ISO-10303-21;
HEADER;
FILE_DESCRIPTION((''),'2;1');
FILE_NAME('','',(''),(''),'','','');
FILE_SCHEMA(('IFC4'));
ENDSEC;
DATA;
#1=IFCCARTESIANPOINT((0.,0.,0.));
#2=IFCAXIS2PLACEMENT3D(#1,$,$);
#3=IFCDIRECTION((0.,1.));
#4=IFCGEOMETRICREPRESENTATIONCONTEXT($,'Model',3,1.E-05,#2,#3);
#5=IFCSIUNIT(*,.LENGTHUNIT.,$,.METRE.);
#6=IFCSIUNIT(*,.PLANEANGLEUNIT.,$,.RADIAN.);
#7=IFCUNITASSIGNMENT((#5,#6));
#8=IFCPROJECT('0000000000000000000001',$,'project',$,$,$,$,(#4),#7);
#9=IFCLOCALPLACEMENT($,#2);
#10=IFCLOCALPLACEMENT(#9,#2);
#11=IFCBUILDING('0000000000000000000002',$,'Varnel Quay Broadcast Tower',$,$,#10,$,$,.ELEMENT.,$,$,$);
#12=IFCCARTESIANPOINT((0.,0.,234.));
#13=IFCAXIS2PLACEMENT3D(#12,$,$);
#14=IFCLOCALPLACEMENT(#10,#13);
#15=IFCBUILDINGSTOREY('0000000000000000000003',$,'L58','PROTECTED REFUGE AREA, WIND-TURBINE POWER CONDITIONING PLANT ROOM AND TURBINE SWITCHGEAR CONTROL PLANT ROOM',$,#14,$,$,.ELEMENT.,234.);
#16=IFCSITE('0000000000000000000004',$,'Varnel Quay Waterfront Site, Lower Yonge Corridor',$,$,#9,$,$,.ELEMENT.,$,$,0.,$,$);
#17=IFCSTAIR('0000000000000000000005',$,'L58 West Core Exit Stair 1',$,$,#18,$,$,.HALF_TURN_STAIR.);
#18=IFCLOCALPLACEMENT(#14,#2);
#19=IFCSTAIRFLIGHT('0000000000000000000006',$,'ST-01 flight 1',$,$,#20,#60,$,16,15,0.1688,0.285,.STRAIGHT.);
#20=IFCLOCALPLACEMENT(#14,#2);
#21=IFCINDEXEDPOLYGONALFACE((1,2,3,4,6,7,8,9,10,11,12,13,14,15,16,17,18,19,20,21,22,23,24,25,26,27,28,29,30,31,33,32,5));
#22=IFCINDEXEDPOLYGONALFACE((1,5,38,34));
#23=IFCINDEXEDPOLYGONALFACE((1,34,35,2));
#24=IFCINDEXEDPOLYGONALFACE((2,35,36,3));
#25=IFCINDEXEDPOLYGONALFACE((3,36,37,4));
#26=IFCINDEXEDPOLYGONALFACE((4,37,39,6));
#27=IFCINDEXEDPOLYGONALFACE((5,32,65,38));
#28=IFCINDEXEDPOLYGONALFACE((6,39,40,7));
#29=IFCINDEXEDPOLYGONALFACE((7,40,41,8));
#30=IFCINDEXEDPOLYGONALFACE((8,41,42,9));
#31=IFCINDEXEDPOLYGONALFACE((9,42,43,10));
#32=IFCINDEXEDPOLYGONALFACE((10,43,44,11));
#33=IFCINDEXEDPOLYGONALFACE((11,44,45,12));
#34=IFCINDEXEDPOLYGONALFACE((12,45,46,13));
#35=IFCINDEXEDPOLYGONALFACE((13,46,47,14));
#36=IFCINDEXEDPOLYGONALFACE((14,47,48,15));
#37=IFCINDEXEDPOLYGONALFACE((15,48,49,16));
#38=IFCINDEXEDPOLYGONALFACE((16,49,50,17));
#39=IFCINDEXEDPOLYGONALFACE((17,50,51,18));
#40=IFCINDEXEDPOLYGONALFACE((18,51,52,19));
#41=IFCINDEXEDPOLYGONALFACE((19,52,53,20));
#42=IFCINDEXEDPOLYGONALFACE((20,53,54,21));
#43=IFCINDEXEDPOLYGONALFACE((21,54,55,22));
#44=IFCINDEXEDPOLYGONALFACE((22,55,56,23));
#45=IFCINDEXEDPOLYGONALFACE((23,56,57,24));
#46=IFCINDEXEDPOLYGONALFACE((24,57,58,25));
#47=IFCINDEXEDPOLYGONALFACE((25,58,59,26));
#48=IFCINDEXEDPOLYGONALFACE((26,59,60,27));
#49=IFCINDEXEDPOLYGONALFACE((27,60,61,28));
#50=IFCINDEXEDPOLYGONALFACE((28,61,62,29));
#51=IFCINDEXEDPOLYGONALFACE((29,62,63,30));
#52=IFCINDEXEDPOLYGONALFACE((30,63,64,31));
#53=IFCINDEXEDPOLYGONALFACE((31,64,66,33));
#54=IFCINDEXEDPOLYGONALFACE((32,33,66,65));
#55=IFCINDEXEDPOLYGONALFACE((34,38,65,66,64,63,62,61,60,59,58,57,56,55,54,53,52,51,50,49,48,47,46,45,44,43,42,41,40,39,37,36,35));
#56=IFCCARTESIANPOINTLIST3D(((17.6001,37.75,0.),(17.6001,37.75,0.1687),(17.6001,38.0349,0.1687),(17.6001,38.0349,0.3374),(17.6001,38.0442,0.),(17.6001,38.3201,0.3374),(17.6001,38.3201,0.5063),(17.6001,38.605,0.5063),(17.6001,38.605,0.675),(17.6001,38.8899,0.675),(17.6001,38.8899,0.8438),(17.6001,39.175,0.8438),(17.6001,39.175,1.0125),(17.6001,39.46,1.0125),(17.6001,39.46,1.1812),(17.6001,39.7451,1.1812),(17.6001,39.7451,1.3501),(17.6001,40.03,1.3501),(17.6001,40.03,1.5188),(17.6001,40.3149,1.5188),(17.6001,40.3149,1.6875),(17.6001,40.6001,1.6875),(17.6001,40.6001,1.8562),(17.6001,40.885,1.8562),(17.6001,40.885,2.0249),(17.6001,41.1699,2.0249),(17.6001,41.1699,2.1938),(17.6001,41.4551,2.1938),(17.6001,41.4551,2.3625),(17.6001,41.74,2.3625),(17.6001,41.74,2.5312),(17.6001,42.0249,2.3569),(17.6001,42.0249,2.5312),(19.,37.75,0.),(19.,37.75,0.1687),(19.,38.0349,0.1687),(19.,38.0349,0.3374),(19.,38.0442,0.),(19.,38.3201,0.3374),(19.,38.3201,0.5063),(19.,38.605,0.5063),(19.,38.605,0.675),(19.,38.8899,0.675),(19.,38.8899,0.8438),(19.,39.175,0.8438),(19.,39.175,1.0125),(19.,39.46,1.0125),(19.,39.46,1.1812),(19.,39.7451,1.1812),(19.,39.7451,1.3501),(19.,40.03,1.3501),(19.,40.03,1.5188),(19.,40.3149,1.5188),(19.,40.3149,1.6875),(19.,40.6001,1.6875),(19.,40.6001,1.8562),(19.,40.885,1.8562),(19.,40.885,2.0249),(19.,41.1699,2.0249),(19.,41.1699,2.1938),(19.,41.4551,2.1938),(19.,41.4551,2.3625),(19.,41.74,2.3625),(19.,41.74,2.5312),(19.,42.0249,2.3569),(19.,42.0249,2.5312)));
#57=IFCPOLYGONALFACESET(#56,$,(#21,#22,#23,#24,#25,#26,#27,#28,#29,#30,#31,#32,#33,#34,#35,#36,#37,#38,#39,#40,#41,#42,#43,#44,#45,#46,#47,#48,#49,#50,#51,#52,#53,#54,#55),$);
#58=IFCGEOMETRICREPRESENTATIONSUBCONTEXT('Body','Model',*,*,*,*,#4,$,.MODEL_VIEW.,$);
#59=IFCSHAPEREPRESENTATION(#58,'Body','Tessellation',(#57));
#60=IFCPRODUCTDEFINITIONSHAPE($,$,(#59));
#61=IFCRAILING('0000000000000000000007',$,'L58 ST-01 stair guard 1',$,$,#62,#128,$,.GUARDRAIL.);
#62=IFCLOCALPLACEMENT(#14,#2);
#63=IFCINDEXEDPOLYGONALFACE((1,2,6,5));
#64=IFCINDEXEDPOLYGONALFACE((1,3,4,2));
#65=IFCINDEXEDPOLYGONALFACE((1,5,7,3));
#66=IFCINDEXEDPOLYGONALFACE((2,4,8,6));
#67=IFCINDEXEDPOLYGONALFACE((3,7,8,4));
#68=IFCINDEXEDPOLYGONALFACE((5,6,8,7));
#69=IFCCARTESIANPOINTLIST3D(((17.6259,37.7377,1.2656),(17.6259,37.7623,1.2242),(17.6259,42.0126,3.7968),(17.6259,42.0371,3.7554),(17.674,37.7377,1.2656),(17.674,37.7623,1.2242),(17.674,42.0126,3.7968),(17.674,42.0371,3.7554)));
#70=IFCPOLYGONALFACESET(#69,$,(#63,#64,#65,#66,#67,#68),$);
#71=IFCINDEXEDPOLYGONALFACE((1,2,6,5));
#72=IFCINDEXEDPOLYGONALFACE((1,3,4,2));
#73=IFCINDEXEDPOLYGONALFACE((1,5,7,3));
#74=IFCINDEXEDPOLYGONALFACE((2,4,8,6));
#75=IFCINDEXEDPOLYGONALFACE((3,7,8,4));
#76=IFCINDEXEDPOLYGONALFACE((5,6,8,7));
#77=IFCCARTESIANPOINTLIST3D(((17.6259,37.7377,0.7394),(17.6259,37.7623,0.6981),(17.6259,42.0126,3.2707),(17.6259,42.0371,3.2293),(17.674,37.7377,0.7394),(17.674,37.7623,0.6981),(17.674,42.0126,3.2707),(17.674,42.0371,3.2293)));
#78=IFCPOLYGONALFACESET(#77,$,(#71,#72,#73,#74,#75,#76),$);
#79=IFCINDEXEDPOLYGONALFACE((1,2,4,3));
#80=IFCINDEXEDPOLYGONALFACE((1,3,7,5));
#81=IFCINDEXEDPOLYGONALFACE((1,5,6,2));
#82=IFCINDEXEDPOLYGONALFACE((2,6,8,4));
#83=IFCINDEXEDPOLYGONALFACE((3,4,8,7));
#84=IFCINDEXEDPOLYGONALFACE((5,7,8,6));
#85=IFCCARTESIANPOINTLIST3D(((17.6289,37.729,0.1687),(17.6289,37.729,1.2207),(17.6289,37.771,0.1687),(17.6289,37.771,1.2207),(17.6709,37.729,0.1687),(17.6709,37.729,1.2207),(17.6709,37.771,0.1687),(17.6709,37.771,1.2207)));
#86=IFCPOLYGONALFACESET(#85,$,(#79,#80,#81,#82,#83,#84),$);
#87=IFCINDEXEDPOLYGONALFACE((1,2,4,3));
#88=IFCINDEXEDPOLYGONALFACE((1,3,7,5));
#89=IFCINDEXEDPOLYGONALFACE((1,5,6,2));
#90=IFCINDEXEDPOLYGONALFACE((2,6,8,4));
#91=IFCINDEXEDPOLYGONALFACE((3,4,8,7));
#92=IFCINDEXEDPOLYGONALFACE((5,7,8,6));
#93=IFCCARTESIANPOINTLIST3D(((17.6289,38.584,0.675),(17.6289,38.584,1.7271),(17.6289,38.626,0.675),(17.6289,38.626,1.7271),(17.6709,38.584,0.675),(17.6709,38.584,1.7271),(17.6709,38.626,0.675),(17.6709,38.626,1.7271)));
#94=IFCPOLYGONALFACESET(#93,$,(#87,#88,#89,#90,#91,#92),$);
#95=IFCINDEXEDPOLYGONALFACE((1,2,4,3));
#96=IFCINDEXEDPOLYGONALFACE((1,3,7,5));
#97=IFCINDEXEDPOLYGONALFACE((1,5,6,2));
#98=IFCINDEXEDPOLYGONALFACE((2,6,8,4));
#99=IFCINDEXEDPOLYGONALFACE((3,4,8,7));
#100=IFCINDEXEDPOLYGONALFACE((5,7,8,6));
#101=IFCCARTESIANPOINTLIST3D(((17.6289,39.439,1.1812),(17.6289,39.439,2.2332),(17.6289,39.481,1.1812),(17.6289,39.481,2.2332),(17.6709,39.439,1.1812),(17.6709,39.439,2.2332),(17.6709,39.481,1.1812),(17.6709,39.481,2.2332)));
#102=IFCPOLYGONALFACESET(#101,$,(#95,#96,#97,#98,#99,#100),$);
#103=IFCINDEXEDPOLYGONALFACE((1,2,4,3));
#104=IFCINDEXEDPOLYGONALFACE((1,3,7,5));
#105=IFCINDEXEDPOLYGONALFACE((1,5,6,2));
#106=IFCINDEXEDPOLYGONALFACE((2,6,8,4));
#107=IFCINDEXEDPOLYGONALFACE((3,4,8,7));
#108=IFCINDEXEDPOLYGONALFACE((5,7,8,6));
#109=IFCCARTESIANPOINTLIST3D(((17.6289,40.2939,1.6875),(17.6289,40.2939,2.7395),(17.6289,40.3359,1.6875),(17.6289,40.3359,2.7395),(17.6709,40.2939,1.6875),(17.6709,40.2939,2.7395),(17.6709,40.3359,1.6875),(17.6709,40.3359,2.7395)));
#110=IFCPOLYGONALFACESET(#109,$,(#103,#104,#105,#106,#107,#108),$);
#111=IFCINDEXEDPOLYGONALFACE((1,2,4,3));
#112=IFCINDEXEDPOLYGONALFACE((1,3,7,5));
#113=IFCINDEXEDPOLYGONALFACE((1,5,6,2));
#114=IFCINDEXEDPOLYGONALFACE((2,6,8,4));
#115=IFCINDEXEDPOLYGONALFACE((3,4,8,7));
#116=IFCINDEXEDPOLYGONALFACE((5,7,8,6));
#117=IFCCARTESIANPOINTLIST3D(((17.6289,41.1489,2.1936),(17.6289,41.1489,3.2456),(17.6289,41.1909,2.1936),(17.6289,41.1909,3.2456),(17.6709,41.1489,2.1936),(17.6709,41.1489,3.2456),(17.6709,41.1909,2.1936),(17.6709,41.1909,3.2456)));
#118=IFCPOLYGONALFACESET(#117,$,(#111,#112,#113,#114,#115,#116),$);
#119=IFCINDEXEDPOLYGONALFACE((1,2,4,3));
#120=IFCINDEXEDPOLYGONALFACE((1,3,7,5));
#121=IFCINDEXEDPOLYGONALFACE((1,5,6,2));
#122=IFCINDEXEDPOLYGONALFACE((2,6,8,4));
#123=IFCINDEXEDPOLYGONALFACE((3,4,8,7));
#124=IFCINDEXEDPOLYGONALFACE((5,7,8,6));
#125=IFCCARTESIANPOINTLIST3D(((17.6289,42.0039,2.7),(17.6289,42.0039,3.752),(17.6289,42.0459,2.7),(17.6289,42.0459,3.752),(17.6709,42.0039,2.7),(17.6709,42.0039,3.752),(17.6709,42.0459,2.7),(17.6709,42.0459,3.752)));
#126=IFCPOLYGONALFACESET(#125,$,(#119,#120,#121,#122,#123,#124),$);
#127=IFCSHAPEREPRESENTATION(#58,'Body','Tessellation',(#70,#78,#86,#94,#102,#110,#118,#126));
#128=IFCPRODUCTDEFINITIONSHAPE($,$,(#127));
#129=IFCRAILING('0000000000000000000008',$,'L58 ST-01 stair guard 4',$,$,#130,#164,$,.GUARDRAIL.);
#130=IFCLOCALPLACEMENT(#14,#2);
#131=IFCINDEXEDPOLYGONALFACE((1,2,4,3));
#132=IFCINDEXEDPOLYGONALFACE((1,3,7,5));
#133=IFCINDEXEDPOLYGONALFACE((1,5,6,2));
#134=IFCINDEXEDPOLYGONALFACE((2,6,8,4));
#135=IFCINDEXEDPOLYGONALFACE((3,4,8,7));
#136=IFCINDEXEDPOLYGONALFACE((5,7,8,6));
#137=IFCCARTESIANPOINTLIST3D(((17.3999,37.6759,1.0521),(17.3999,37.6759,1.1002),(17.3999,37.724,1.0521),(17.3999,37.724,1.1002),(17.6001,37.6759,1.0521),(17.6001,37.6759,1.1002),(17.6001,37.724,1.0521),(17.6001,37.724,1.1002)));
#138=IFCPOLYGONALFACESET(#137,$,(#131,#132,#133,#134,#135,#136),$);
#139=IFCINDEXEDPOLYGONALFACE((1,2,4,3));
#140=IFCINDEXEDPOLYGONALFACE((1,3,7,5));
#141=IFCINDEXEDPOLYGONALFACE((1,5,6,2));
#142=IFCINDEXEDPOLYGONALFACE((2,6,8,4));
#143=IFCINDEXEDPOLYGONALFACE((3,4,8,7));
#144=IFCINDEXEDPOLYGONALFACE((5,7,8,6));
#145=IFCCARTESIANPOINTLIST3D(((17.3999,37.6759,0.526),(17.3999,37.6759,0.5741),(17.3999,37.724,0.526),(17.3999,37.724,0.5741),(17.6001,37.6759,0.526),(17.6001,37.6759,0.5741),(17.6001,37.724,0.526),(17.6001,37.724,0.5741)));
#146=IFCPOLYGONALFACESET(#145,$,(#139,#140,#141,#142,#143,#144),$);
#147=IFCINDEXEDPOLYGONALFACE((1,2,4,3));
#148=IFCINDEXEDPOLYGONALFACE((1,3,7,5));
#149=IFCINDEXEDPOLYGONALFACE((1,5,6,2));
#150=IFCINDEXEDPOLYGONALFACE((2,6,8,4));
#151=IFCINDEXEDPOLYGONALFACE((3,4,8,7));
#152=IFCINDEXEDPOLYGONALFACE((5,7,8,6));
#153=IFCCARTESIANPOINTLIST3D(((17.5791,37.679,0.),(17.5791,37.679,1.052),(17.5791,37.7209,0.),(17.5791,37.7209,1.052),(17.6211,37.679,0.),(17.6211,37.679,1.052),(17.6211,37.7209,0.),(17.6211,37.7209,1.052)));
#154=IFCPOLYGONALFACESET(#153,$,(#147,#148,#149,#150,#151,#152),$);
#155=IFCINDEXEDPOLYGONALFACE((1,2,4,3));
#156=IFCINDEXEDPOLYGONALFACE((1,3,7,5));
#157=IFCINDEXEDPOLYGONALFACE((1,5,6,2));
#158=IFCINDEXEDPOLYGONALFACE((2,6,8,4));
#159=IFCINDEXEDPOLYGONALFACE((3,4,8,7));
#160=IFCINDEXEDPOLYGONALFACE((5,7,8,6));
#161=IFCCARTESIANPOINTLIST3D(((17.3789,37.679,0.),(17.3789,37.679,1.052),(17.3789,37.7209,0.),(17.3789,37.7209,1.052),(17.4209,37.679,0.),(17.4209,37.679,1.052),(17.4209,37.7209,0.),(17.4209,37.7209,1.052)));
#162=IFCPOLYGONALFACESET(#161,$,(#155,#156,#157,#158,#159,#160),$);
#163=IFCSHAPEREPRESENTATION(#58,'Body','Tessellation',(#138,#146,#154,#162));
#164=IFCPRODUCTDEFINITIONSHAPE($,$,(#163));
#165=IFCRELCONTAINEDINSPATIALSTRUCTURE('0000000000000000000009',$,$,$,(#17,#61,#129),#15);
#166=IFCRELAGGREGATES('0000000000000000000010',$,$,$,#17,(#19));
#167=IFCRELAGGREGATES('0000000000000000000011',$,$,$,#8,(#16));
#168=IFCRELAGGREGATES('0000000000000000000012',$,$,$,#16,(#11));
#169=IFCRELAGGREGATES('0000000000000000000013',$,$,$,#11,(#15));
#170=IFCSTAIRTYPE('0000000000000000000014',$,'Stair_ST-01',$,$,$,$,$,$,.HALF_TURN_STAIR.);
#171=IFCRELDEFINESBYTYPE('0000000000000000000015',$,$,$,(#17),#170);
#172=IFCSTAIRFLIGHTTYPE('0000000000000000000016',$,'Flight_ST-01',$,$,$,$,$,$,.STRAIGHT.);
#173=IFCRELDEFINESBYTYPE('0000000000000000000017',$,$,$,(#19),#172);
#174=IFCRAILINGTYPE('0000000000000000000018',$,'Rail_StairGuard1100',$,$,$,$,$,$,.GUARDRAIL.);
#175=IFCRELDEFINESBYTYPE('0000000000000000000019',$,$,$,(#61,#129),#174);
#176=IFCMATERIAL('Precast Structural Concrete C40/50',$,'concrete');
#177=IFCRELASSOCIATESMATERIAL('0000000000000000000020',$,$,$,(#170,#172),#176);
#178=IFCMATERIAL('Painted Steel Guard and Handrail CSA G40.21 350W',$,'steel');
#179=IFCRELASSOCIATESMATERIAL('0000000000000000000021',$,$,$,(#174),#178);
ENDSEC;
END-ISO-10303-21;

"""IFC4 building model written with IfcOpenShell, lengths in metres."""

from ifc_helpers import new_model, si_unit, direction, frame, origin, origin_2d, place, context, subcontext, project, spatial, polyline, rectangle, outline, extrude, material, type_object, element, aggregate, save


model = new_model("IFC4")

# Units and contexts
model_context = context("Model", 3, precision=1e-05, world=origin(), true_north=direction((0.0, 1.0)))
body_context = subcontext(model_context, "Body", "Model", "MODEL_VIEW")
ifc_project = project(units=[si_unit("LENGTHUNIT", "METRE"), si_unit("PLANEANGLEUNIT", "RADIAN")], contexts=[model_context])

# Site, building, storey
site_placement = place(None, origin())
site = spatial("IfcSite", under=ifc_project, at=site_placement, Name="Varnel Quay Waterfront Site, Lower Yonge Corridor", CompositionType="ELEMENT", RefElevation=0.0)
building_placement = place(site_placement, origin())
building = spatial("IfcBuilding", under=site, at=building_placement, Name="Varnel Quay Broadcast Tower", CompositionType="ELEMENT")
storey_placement = place(building_placement, frame((0.0, 0.0, 234.0)))
storey = spatial("IfcBuildingStorey", under=building, at=storey_placement, Name="L58", Description="PROTECTED REFUGE AREA, WIND-TURBINE POWER CONDITIONING PLANT ROOM AND TURBINE SWITCHGEAR CONTROL PLANT ROOM", CompositionType="ELEMENT", Elevation=234.0)

# Stair, stair flight
ifc_material_1 = material(Name="Precast Structural Concrete C40/50", Category="concrete")
stair_type = type_object("IfcStairType", Name="Stair_ST-01", PredefinedType="HALF_TURN_STAIR", material=ifc_material_1)
stair_placement = place(storey_placement, origin())
stair = element("IfcStair", 1, at=stair_placement, inside=storey, type_object=stair_type, Name="L58 West Core Exit Stair 1", PredefinedType="HALF_TURN_STAIR")
stair_flight_type = type_object("IfcStairFlightType", Name="Flight_ST-01", PredefinedType="STRAIGHT", material=ifc_material_1)
stair_flight_placement = place(storey_placement, frame((18.3, 37.75, 0.0), z_axis=(0.0, 0.0, 1.0), x_axis=(0.0, 1.0, 0.0)))
stair_flight = element("IfcStairFlight", 2, at=stair_flight_placement, type_object=stair_flight_type, Name="ST-01 flight 1", NumberOfRisers=16, NumberOfTreads=15, PredefinedType="STRAIGHT", RiserHeight=0.1688, TreadLength=0.285, context=body_context, shape_type="SweptSolid", body=[
    extrude(outline(polyline([(0.0, 0.0), (0.0, 0.1687), (0.2849, 0.1687), (0.2849, 0.3374), (0.5701, 0.3374), (0.5701, 0.5063), (0.855, 0.5063), (0.855, 0.675), (1.1399, 0.675), (1.1399, 0.8438), (1.425, 0.8438), (1.425, 1.0125), (1.71, 1.0125), (1.71, 1.1812), (1.9951, 1.1812), (1.9951, 1.3501), (2.28, 1.3501), (2.28, 1.5188), (2.5649, 1.5188), (2.5649, 1.6875), (2.8501, 1.6875), (2.8501, 1.8562), (3.135, 1.8562), (3.135, 2.0249), (3.4199, 2.0249), (3.4199, 2.1938), (3.7051, 2.1938), (3.7051, 2.3625), (3.99, 2.3625), (3.99, 2.5312), (4.2749, 2.5312), (4.2749, 2.7), (4.2749, 2.3569), (0.2942, 0.0), (0.0, 0.0)])), frame((0.0, 0.7, 0.0), z_axis=(0.0, -1.0, 0.0), x_axis=(1.0, 0.0, 0.0)), (0.0, 0.0, 1.0), 1.3999),
])
aggregate(stair, [stair_flight])

# Railings
ifc_material_2 = material(Name="Painted Steel Guard and Handrail CSA G40.21 350W", Category="steel")
railing_type_1 = type_object("IfcRailingType", Name="Rail_StairGuard1100", PredefinedType="GUARDRAIL", material=ifc_material_2)
railing_1_placement = place(storey_placement, frame((17.6499, 37.75, 0.1687)))
element("IfcRailing", 3, at=railing_1_placement, inside=storey, type_object=railing_type_1, Name="L58 ST-01 stair guard 1", PredefinedType="GUARDRAIL", context=body_context, shape_type="SweptSolid", body=[
    extrude(rectangle(XDim=0.0481, YDim=0.0481, at=origin_2d()), frame((0.0, 0.0, 1.0762), z_axis=(0.0, 0.86047, 0.509501), x_axis=(-1.0, 0.0, 0.0)), (0.0, 0.0, 1.0), 4.968),
    extrude(rectangle(XDim=0.0481, YDim=0.0481, at=origin_2d()), frame((0.0, 0.0, 0.55), z_axis=(0.0, 0.86047, 0.509501), x_axis=(-1.0, 0.0, 0.0)), (0.0, 0.0, 1.0), 4.968),
    extrude(rectangle(XDim=0.042, YDim=0.042, at=origin_2d()), origin(), (0.0, 0.0, 1.0), 1.052),
    extrude(rectangle(XDim=0.042, YDim=0.042, at=origin_2d()), frame((0.0, 0.855, 0.5063)), (0.0, 0.0, 1.0), 1.052),
    extrude(rectangle(XDim=0.042, YDim=0.042, at=origin_2d()), frame((0.0, 1.71, 1.0125)), (0.0, 0.0, 1.0), 1.052),
    extrude(rectangle(XDim=0.042, YDim=0.042, at=origin_2d()), frame((0.0, 2.5649, 1.5188)), (0.0, 0.0, 1.0), 1.052),
    extrude(rectangle(XDim=0.042, YDim=0.042, at=origin_2d()), frame((0.0, 3.4199, 2.0249)), (0.0, 0.0, 1.0), 1.052),
    extrude(rectangle(XDim=0.042, YDim=0.042, at=origin_2d()), frame((0.0, 4.2749, 2.5312)), (0.0, 0.0, 1.0), 1.052),
])
railing_2_placement = place(storey_placement, frame((17.6001, 37.7, 0.0)))
element("IfcRailing", 4, at=railing_2_placement, inside=storey, type_object=railing_type_1, Name="L58 ST-01 stair guard 4", PredefinedType="GUARDRAIL", context=body_context, shape_type="SweptSolid", body=[
    extrude(rectangle(XDim=0.0481, YDim=0.0481, at=origin_2d()), frame((0.0, 0.0, 1.0762), z_axis=(-1.0, 0.0, 0.0), x_axis=(0.0, -1.0, 0.0)), (0.0, 0.0, 1.0), 0.2002),
    extrude(rectangle(XDim=0.0481, YDim=0.0481, at=origin_2d()), frame((0.0, 0.0, 0.55), z_axis=(-1.0, 0.0, 0.0), x_axis=(0.0, -1.0, 0.0)), (0.0, 0.0, 1.0), 0.2002),
    extrude(rectangle(XDim=0.042, YDim=0.042, at=origin_2d()), origin(), (0.0, 0.0, 1.0), 1.052),
    extrude(rectangle(XDim=0.042, YDim=0.042, at=origin_2d()), frame((-0.2002, 0.0, 0.0)), (0.0, 0.0, 1.0), 1.052),
])

save(model, "model.ifc")
